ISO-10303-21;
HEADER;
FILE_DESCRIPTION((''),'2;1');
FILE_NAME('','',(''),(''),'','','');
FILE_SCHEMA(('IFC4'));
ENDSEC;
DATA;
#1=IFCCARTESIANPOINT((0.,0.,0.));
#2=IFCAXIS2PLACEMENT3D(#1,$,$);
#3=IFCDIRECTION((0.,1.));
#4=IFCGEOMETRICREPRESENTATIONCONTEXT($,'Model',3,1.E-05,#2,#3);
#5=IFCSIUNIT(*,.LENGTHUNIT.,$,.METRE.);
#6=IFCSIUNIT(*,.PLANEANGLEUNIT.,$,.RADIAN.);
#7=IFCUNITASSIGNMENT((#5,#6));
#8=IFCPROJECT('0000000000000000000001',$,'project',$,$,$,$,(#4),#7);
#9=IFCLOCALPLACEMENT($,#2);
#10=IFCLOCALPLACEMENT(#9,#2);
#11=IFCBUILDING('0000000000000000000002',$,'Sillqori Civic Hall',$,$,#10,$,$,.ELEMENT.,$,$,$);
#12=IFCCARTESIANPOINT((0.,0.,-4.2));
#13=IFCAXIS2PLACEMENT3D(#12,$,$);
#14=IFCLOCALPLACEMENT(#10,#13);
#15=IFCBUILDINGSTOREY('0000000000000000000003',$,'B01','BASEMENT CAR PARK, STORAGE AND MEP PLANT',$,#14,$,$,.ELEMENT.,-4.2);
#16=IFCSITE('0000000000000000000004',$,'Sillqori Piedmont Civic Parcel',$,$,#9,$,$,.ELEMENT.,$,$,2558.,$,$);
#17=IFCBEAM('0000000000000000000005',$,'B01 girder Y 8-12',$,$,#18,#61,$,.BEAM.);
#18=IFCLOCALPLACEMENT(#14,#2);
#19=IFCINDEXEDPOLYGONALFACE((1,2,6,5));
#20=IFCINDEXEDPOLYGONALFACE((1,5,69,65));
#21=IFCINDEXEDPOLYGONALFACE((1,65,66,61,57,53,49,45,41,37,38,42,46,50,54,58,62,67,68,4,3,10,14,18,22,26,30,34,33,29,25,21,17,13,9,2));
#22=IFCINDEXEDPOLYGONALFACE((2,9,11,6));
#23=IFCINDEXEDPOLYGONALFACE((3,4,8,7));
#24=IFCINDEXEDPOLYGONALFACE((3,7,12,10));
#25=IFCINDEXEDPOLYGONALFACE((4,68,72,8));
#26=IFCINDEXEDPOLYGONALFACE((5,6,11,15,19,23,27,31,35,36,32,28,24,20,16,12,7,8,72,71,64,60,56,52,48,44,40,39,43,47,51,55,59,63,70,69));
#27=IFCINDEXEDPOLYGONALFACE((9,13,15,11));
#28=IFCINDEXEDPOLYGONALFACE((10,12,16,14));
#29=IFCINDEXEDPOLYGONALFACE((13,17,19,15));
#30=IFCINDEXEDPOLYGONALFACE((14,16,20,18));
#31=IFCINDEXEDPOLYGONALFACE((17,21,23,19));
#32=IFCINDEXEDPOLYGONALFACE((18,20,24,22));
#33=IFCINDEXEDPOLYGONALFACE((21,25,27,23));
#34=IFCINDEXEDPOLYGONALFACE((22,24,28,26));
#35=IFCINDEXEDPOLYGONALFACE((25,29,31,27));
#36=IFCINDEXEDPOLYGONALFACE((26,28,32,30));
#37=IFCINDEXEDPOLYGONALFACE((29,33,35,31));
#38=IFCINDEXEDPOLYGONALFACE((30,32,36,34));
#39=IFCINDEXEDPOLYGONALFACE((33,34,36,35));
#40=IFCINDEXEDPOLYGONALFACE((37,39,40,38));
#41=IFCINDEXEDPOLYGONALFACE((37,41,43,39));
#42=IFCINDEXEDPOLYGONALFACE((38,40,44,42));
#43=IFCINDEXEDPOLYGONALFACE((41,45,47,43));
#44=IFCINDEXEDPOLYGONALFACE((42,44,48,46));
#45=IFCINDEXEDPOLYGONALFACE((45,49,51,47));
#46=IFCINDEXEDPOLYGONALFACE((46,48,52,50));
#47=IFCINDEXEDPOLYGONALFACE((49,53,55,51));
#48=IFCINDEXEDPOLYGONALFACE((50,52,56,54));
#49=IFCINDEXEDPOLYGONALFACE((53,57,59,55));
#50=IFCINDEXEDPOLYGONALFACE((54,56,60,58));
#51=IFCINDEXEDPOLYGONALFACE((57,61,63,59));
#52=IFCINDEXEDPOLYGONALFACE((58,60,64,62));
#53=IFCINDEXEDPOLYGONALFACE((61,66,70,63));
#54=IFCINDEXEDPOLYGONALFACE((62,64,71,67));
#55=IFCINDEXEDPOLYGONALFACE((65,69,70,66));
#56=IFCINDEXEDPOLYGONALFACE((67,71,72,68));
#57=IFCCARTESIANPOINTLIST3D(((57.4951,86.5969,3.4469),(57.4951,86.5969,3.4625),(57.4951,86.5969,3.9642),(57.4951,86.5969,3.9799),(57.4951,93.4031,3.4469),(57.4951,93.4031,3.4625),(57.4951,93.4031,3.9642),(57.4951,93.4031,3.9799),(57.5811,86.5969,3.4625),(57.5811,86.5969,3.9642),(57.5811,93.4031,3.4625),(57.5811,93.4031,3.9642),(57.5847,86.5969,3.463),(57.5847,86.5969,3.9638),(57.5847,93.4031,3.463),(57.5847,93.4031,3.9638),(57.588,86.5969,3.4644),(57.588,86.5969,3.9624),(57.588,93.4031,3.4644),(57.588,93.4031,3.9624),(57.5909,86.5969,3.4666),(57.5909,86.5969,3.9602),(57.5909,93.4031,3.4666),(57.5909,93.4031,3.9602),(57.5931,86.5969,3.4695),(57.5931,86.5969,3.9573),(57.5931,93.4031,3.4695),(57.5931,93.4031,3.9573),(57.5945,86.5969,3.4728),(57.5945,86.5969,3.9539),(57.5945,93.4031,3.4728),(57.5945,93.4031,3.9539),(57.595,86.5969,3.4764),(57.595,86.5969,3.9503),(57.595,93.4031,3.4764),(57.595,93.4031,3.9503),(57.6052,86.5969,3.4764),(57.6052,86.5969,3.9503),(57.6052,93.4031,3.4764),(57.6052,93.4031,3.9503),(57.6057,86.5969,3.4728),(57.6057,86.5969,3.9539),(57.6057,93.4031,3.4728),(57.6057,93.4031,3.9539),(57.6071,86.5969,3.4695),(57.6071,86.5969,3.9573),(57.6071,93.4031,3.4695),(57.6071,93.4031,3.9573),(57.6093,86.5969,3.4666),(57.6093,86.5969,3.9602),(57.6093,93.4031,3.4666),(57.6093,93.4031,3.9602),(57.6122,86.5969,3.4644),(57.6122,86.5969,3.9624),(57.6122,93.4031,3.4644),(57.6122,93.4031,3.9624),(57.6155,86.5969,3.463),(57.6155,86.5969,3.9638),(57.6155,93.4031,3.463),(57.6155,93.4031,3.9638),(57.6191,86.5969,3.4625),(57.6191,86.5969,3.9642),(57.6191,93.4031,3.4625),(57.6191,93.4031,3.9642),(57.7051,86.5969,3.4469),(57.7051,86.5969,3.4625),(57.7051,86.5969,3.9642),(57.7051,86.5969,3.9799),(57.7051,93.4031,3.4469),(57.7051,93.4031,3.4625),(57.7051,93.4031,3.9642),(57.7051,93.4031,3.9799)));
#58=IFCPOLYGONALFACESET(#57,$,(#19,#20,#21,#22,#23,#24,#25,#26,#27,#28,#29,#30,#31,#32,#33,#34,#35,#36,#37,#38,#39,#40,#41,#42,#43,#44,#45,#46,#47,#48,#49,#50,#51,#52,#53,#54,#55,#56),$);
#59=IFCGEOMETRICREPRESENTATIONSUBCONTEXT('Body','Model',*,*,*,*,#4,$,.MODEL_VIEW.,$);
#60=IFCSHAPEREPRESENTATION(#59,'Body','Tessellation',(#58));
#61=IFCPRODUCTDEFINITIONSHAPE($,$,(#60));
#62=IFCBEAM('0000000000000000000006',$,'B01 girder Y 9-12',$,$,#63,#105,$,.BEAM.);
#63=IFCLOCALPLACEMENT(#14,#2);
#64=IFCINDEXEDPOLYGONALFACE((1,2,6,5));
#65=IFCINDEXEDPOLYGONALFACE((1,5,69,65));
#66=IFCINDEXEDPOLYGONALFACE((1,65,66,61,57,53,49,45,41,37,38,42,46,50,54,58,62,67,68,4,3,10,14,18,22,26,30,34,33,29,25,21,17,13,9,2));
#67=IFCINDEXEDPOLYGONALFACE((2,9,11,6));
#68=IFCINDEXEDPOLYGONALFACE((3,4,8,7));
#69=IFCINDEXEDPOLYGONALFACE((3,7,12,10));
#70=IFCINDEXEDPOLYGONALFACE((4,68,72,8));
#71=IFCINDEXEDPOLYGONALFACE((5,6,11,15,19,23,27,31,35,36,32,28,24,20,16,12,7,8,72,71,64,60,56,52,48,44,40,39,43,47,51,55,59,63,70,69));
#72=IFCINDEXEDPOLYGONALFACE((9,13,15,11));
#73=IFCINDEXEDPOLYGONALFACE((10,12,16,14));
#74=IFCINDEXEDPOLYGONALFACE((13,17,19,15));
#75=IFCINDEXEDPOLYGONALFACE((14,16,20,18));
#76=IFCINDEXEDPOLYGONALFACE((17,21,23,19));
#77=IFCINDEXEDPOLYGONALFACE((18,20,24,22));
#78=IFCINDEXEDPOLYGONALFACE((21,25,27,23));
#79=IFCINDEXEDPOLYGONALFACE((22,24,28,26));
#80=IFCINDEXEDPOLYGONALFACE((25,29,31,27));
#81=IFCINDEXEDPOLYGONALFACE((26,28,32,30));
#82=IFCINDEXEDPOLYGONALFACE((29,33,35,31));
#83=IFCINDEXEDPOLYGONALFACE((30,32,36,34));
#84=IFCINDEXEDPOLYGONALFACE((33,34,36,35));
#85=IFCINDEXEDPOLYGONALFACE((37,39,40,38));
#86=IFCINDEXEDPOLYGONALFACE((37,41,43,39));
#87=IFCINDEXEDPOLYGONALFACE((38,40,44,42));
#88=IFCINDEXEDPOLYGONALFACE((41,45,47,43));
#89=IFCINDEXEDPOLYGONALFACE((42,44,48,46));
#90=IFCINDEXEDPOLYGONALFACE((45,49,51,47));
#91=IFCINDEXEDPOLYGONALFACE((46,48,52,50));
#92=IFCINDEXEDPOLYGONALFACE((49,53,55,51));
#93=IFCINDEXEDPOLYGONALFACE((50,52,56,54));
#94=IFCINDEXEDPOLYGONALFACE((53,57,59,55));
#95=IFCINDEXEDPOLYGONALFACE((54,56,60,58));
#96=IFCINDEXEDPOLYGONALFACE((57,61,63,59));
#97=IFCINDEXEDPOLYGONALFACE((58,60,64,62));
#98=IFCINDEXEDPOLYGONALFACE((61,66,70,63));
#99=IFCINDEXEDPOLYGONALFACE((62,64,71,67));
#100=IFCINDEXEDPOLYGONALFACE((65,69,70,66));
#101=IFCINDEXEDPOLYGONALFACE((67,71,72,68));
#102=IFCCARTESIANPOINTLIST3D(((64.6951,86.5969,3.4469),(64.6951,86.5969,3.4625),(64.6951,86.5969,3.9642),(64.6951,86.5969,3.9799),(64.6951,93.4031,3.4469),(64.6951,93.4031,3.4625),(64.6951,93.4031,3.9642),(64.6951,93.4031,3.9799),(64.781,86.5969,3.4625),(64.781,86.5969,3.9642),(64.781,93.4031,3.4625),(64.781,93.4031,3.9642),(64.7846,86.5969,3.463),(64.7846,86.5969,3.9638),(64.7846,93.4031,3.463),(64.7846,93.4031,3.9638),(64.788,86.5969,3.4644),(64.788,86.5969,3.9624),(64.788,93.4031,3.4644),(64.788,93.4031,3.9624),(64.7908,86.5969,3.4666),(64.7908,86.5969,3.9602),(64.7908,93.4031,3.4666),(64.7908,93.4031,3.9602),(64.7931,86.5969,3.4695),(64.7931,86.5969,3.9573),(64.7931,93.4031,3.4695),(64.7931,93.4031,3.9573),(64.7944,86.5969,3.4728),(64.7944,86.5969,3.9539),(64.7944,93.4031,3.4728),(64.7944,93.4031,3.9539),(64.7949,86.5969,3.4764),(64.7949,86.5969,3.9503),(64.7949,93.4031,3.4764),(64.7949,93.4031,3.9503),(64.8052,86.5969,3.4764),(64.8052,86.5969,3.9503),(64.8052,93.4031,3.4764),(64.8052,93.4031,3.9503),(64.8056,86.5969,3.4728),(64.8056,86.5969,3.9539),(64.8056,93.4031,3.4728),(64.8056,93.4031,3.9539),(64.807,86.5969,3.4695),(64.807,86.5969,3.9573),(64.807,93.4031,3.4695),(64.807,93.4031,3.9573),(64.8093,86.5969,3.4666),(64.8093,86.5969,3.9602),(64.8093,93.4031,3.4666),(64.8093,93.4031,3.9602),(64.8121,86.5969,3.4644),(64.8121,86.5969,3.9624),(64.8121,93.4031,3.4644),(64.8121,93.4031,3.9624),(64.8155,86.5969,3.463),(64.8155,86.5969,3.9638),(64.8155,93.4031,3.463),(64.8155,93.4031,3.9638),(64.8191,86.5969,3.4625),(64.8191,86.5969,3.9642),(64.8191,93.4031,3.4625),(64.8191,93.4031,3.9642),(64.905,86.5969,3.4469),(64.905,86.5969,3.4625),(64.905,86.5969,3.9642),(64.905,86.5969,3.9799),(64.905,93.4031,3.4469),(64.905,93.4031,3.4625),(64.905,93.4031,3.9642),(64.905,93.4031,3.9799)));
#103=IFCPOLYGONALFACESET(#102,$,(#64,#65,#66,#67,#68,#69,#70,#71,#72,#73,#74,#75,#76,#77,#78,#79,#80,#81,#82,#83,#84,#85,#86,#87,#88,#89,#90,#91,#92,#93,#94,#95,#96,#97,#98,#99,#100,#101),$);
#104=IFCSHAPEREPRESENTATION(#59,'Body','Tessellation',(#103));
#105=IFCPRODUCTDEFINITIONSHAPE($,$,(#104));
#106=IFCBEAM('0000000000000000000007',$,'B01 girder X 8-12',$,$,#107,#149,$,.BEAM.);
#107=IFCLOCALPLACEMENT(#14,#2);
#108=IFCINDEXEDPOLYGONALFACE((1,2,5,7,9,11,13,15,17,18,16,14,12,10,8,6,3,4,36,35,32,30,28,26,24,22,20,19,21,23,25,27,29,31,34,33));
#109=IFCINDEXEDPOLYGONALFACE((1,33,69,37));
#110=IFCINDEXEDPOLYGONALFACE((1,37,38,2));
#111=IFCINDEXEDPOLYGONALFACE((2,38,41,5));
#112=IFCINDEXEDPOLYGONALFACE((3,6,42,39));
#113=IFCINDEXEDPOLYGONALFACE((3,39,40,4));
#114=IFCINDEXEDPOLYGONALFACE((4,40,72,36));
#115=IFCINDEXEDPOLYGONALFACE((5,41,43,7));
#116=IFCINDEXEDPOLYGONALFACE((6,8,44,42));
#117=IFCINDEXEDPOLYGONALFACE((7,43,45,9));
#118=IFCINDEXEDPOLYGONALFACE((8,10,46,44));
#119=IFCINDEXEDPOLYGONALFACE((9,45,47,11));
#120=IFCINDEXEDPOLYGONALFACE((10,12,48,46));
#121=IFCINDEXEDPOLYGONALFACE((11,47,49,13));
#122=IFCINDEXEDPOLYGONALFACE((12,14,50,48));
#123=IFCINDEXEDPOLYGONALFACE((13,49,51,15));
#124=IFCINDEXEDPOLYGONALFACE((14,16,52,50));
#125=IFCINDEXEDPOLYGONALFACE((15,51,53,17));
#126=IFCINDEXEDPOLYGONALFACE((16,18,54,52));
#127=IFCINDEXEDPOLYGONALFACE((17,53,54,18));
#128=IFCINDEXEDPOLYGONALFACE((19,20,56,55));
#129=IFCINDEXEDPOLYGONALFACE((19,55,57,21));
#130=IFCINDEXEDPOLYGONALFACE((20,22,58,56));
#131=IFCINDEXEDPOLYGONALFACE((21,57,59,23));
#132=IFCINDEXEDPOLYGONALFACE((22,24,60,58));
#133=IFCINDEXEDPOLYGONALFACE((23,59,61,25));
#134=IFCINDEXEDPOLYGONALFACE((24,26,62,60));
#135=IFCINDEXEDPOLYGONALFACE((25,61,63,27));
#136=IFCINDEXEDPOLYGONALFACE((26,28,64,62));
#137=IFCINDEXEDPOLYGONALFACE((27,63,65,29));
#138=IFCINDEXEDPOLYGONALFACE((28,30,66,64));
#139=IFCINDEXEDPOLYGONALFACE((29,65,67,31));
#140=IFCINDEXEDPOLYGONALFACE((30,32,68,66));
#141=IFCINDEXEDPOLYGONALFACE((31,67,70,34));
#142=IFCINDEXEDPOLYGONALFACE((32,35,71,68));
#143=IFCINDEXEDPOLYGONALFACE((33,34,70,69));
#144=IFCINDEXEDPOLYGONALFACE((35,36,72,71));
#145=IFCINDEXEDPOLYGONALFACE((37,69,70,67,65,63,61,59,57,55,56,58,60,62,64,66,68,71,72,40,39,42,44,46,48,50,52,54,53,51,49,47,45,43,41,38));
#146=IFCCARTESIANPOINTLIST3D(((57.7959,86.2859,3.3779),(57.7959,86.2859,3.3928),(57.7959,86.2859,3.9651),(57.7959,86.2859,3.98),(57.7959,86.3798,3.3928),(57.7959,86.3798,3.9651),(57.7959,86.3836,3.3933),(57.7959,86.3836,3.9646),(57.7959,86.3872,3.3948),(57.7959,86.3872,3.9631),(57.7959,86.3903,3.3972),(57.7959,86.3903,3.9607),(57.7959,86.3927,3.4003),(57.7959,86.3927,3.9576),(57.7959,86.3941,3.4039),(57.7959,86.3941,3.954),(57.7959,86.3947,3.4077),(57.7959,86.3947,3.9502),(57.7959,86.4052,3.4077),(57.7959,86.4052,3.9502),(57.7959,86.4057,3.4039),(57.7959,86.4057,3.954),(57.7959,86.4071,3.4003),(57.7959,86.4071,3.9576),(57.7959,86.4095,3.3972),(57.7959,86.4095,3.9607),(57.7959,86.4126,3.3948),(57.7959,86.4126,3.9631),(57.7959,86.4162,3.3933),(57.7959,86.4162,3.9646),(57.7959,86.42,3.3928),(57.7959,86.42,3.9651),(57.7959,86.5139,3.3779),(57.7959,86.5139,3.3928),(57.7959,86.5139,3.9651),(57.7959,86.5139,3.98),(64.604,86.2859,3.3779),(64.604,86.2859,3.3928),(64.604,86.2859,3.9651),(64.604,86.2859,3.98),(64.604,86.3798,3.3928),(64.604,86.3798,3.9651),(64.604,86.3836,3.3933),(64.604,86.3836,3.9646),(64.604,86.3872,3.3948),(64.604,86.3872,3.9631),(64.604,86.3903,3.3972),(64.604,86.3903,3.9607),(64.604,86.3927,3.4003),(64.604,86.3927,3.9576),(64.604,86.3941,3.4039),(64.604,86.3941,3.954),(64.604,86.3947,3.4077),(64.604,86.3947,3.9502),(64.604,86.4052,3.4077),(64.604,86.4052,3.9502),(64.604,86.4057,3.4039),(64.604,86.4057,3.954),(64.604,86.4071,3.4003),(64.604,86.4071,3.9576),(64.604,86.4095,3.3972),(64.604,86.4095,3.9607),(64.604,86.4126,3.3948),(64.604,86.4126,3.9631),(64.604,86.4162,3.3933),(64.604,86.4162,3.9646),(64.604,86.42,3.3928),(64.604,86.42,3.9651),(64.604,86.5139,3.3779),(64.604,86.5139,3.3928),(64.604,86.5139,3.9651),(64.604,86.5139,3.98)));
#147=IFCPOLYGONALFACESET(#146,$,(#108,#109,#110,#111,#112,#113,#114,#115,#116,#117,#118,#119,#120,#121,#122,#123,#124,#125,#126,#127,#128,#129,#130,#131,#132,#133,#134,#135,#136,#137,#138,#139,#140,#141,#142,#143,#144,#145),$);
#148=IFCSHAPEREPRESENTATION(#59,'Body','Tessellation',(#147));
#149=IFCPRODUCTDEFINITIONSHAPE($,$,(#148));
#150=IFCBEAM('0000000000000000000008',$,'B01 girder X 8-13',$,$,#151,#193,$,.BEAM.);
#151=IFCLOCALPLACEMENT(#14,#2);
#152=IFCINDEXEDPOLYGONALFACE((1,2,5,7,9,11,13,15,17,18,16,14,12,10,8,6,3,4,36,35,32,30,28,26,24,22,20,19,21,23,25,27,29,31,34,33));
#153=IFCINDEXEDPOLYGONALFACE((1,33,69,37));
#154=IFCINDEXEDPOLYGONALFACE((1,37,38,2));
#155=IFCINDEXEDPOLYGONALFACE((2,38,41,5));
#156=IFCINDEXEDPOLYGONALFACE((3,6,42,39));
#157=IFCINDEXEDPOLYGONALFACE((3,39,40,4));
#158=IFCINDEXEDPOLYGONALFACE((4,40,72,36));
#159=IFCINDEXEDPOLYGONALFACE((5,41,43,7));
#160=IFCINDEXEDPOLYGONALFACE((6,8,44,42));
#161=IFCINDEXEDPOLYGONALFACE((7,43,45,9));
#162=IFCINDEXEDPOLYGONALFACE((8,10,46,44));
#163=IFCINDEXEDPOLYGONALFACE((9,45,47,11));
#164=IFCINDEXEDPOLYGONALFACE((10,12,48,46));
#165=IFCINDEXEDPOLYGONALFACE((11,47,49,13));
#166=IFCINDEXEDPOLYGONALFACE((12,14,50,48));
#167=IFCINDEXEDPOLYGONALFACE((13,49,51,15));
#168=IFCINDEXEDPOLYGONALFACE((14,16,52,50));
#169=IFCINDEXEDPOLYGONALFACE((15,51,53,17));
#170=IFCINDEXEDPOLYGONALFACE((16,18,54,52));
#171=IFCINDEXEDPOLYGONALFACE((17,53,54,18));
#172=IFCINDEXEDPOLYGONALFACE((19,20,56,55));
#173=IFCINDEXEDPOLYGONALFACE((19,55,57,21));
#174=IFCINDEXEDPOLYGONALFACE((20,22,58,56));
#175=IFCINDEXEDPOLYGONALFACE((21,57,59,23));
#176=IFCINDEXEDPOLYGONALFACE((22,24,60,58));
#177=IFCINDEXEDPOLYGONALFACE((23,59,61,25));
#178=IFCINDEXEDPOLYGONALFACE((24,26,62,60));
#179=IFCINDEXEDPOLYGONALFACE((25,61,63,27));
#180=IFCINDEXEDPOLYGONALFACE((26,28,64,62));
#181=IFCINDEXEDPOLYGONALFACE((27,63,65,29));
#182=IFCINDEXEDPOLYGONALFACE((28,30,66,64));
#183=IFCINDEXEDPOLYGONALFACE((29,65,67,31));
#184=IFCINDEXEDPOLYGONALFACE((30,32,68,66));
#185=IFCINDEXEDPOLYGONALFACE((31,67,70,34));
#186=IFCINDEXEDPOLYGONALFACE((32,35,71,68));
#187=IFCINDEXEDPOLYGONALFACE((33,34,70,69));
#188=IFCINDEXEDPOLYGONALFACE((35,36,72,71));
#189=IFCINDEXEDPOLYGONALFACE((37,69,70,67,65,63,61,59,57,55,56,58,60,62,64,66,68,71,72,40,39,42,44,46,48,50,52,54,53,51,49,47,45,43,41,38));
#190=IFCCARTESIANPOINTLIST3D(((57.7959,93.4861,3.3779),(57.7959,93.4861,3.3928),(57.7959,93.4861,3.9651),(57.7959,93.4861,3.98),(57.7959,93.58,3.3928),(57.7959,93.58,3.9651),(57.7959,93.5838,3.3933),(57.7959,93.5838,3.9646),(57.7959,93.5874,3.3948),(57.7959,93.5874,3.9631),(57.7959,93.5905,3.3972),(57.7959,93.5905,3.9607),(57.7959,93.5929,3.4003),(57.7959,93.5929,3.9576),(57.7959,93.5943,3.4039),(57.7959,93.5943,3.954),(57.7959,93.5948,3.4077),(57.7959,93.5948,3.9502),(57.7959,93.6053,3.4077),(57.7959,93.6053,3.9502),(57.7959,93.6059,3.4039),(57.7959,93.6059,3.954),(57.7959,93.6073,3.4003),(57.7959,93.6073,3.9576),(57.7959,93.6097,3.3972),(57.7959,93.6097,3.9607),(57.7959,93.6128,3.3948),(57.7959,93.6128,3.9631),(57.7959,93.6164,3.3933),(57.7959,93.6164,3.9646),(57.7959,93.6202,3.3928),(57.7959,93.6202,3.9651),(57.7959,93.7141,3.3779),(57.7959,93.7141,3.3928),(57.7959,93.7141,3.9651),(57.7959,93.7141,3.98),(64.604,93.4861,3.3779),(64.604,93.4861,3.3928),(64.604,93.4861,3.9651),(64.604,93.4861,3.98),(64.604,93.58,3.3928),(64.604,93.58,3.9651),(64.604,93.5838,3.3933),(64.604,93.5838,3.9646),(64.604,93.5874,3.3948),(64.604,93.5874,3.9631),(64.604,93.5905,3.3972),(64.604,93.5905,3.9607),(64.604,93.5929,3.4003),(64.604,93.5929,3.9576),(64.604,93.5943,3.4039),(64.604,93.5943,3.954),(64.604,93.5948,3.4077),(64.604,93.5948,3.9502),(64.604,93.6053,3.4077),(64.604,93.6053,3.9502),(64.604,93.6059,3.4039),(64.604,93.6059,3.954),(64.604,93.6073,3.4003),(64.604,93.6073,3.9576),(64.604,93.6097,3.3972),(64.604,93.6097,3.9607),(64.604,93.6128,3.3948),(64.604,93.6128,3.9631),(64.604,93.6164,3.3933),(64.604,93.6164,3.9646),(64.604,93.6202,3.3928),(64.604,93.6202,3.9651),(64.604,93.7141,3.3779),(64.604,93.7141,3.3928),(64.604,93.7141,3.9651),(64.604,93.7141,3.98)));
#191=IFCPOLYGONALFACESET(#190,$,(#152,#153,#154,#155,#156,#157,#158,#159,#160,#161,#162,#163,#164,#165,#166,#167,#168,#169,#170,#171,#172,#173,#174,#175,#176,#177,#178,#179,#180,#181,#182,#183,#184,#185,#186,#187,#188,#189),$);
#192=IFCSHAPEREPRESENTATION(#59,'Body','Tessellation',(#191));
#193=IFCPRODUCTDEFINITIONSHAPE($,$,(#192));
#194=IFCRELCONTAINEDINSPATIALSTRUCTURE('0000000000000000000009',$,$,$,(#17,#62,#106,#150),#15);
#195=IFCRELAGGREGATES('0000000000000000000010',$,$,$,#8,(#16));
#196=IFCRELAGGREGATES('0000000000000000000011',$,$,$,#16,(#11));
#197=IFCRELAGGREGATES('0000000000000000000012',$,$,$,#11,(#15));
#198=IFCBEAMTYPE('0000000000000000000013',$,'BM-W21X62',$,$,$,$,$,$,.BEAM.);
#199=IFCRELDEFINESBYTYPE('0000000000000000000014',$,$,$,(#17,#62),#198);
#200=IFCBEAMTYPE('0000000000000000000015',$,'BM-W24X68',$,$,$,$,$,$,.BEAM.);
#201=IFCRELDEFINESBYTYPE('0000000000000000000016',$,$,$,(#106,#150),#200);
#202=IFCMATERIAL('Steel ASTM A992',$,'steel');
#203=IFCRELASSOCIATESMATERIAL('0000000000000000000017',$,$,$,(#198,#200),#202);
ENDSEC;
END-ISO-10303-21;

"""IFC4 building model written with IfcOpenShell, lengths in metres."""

from ifc_helpers import new_model, si_unit, direction, frame, origin, origin_2d, place, context, subcontext, project, spatial, i_section, extrude, material, material_profile, profile_set, type_object, element, save


model = new_model("IFC4")

# Units and contexts
model_context = context("Model", 3, precision=1e-05, world=origin(), true_north=direction((0.0, 1.0)))
body_context = subcontext(model_context, "Body", "Model", "MODEL_VIEW")
ifc_project = project(units=[si_unit("LENGTHUNIT", "METRE"), si_unit("PLANEANGLEUNIT", "RADIAN")], contexts=[model_context])

# Site, building, storey
site_placement = place(None, origin())
site = spatial("IfcSite", under=ifc_project, at=site_placement, Name="Sillqori Piedmont Civic Parcel", CompositionType="ELEMENT", RefElevation=2558.0)
building_placement = place(site_placement, origin())
building = spatial("IfcBuilding", under=site, at=building_placement, Name="Sillqori Civic Hall", CompositionType="ELEMENT")
storey_placement = place(building_placement, frame((0.0, 0.0, -4.2)))
storey = spatial("IfcBuildingStorey", under=building, at=storey_placement, Name="B01", Description="BASEMENT CAR PARK, STORAGE AND MEP PLANT", CompositionType="ELEMENT", Elevation=-4.2)

# Shared definitions
ifc_material_1 = material(Name="Steel ASTM A992", Category="steel")

# Beams
ifc_material_profile_1 = material_profile(ifc_material_1, i_section(OverallWidth=0.21, OverallDepth=0.533, WebThickness=0.0103, FlangeThickness=0.0156, FilletRadius=0.0139, at=origin_2d()), Name="W21X62")
ifc_profile_set_1 = profile_set([ifc_material_profile_1], Name="Steel ASTM A992")
beam_type_1 = type_object("IfcBeamType", Name="BM-W21X62", PredefinedType="BEAM", material=ifc_profile_set_1)
for number, where, z_axis, x_axis, name in (
    (1, (57.6001, 86.5969, 3.7134), (0.0, 1.0, 0.0), (-1.0, 0.0, 0.0), "B01 girder Y 8-12"),
    (2, (64.8, 86.5969, 3.7134), (0.0, 1.0, 0.0), (-1.0, 0.0, 0.0), "B01 girder Y 9-12"),
):
    element("IfcBeam", number, at=place(storey_placement, frame(where, z_axis=z_axis, x_axis=x_axis)), inside=storey, type_object=beam_type_1, Name=name, PredefinedType="BEAM", context=body_context, shape_type="SweptSolid", body=[
        extrude(i_section(OverallWidth=0.21, OverallDepth=0.533, WebThickness=0.0103, FlangeThickness=0.0156, FilletRadius=0.0139, at=origin_2d()), origin(), (0.0, 0.0, 1.0), 6.8062),
    ])
ifc_material_profile_2 = material_profile(ifc_material_1, i_section(OverallWidth=0.228, OverallDepth=0.6021, WebThickness=0.0105, FlangeThickness=0.0149, FilletRadius=0.0149, at=origin_2d()), Name="W24X68")
ifc_profile_set_2 = profile_set([ifc_material_profile_2], Name="Steel ASTM A992")
beam_type_2 = type_object("IfcBeamType", Name="BM-W24X68", PredefinedType="BEAM", material=ifc_profile_set_2)
for number, where, z_axis, x_axis, name in (
    (3, (57.7959, 86.3999, 3.679), (1.0, 0.0, 0.0), (0.0, 1.0, 0.0), "B01 girder X 8-12"),
    (4, (57.7959, 93.6001, 3.679), (1.0, 0.0, 0.0), (0.0, 1.0, 0.0), "B01 girder X 8-13"),
):
    element("IfcBeam", number, at=place(storey_placement, frame(where, z_axis=z_axis, x_axis=x_axis)), inside=storey, type_object=beam_type_2, Name=name, PredefinedType="BEAM", context=body_context, shape_type="SweptSolid", body=[
        extrude(i_section(OverallWidth=0.228, OverallDepth=0.6021, WebThickness=0.0105, FlangeThickness=0.0149, FilletRadius=0.0149, at=origin_2d()), origin(), (0.0, 0.0, 1.0), 6.8081),
    ])

save(model, "model.ifc")
